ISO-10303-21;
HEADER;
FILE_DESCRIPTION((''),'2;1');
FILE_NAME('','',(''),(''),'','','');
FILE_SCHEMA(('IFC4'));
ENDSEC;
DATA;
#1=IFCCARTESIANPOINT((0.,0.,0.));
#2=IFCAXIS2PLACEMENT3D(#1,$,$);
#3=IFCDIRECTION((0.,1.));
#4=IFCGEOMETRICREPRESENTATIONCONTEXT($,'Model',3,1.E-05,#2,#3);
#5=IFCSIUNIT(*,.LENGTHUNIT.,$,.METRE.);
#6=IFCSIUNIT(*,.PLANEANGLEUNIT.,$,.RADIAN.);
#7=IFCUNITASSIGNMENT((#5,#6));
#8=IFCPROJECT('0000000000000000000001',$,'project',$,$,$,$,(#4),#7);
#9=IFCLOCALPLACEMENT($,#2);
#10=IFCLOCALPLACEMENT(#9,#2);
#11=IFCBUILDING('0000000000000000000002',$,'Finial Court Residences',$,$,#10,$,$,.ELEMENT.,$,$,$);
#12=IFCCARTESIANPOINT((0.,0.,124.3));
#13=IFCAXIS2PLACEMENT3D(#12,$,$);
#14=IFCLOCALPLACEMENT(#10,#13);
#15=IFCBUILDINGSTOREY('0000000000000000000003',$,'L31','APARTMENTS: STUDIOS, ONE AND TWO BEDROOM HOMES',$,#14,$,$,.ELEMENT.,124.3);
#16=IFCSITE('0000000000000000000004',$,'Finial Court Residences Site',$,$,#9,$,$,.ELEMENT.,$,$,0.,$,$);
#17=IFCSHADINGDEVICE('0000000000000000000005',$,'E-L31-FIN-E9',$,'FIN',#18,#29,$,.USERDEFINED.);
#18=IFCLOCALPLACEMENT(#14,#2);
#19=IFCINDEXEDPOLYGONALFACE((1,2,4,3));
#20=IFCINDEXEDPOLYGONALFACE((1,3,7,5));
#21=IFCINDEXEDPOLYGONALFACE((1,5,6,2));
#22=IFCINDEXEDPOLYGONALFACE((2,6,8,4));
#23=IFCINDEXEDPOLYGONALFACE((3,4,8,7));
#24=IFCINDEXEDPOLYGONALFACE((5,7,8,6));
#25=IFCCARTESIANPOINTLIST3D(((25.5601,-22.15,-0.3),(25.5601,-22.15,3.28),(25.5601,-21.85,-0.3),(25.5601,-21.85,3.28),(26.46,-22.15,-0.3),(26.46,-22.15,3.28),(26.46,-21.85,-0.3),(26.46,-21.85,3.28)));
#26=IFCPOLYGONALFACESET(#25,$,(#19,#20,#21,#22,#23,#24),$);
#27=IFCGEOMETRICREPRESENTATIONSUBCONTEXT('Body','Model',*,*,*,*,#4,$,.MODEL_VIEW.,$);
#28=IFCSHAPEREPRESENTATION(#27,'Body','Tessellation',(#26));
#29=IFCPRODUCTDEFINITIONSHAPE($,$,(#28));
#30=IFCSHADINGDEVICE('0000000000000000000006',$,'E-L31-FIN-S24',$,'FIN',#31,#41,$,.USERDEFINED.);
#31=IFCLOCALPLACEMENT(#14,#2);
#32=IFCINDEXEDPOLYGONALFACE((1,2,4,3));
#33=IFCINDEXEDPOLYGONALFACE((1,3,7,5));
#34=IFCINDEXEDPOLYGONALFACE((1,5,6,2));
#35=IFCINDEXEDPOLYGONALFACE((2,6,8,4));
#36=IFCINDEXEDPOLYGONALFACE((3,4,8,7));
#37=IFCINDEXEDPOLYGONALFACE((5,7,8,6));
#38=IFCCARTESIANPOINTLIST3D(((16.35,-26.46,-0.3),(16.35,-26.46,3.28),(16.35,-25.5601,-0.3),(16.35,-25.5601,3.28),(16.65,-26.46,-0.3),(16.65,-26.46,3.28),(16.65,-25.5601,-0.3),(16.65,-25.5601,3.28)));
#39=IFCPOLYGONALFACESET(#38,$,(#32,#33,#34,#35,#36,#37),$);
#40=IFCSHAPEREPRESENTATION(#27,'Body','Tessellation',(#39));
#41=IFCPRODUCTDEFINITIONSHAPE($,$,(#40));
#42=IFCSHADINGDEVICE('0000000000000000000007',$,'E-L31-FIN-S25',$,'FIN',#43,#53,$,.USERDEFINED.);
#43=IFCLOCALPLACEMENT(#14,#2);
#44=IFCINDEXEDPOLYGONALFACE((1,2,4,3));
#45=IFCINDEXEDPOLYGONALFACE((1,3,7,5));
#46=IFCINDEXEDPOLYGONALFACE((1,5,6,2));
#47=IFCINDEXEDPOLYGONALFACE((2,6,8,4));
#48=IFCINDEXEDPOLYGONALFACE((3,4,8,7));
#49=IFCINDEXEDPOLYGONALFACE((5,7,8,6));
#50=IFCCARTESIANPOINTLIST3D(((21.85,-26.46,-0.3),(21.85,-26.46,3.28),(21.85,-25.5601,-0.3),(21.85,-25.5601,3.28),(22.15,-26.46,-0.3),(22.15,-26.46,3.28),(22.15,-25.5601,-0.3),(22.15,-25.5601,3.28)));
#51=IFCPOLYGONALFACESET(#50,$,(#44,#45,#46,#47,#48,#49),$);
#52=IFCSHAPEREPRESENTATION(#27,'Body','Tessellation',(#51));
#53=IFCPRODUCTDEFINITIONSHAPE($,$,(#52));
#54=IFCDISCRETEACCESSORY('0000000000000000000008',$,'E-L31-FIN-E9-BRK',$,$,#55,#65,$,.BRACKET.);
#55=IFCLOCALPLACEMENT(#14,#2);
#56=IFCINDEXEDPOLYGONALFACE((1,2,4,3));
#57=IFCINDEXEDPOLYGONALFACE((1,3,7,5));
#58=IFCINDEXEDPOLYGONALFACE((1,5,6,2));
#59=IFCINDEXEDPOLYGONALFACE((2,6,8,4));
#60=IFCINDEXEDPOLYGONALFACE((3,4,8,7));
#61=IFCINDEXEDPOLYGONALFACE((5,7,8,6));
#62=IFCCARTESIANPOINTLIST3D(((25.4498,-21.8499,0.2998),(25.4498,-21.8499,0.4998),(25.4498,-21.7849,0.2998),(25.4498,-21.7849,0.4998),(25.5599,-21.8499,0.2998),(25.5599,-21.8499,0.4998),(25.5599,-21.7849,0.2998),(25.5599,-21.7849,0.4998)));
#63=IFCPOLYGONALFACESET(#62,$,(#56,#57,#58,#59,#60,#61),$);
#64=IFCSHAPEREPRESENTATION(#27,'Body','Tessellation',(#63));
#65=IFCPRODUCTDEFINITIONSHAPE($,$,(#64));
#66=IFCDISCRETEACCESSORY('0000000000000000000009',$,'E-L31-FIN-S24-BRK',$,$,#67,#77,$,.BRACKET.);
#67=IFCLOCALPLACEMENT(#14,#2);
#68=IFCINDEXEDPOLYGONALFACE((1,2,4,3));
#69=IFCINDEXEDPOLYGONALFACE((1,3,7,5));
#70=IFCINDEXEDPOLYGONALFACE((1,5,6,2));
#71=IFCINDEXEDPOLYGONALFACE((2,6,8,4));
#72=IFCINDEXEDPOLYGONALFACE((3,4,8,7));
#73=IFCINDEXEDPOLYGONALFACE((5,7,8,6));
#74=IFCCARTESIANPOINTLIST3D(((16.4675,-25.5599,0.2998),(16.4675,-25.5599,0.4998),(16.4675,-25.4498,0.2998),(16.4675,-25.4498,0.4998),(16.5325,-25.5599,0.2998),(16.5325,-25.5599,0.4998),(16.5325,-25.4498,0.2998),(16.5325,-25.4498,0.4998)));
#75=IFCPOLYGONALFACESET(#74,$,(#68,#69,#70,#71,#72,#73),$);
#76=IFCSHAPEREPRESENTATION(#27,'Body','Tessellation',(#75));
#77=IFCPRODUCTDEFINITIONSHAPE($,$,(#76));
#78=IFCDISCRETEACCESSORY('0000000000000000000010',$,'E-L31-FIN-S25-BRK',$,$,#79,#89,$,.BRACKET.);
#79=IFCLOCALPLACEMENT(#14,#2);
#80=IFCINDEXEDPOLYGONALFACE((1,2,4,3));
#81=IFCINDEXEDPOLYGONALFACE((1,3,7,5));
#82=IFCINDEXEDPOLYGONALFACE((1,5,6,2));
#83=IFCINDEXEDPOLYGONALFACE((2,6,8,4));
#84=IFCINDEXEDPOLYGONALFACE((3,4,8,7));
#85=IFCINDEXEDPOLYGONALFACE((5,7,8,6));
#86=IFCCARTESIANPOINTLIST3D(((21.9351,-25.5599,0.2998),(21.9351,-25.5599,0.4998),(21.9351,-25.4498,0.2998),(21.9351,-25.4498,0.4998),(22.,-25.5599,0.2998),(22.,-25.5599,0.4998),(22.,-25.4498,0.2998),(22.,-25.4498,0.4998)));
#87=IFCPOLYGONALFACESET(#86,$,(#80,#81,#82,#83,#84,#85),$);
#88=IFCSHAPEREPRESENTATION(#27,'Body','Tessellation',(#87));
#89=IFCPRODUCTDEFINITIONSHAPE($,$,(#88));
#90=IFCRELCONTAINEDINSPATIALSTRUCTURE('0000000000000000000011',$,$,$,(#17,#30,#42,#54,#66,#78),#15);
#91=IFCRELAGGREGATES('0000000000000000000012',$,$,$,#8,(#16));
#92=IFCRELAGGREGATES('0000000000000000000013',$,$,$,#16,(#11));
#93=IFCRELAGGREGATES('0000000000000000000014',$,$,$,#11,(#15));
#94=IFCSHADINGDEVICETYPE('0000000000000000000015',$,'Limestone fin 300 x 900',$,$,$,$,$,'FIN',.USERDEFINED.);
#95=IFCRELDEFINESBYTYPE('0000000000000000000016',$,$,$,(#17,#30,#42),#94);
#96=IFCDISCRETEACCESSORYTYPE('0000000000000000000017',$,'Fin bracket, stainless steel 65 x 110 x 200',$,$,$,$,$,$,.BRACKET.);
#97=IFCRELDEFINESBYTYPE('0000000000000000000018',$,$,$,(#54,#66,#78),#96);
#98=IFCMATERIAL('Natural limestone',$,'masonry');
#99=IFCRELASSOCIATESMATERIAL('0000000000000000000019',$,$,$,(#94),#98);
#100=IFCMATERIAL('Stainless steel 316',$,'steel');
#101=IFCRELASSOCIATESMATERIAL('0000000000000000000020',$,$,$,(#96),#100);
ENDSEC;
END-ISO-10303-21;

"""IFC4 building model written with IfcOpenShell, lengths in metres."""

from ifc_helpers import new_model, si_unit, direction, frame, origin, origin_2d, place, context, subcontext, project, spatial, rectangle, extrude, material, type_object, element, save


model = new_model("IFC4")

# Units and contexts
model_context = context("Model", 3, precision=1e-05, world=origin(), true_north=direction((0.0, 1.0)))
body_context = subcontext(model_context, "Body", "Model", "MODEL_VIEW")
ifc_project = project(units=[si_unit("LENGTHUNIT", "METRE"), si_unit("PLANEANGLEUNIT", "RADIAN")], contexts=[model_context])

# Site, building, storey
site_placement = place(None, origin())
site = spatial("IfcSite", under=ifc_project, at=site_placement, Name="Finial Court Residences Site", CompositionType="ELEMENT", RefElevation=0.0)
building_placement = place(site_placement, origin())
building = spatial("IfcBuilding", under=site, at=building_placement, Name="Finial Court Residences", CompositionType="ELEMENT")
storey_placement = place(building_placement, frame((0.0, 0.0, 124.3)))
storey = spatial("IfcBuildingStorey", under=building, at=storey_placement, Name="L31", Description="APARTMENTS: STUDIOS, ONE AND TWO BEDROOM HOMES", CompositionType="ELEMENT", Elevation=124.3)

# Shared definitions
ifc_material_1 = material(Name="Natural limestone", Category="masonry")

# Shading devices
shading_device_type = type_object("IfcShadingDeviceType", Name="Limestone fin 300 x 900", ElementType="FIN", PredefinedType="USERDEFINED", material=ifc_material_1)
shading_device_placement = place(storey_placement, frame((26.01, -22.0, -0.3), z_axis=(0.0, 0.0, 1.0), x_axis=(1.0, 0.0, 0.0)))
element("IfcShadingDevice", 1, at=shading_device_placement, inside=storey, type_object=shading_device_type, Name="E-L31-FIN-E9", ObjectType="FIN", PredefinedType="USERDEFINED", context=body_context, shape_type="SweptSolid", body=[
    extrude(rectangle(XDim=0.8999, YDim=0.3, at=origin_2d()), origin(), (0.0, 0.0, 1.0), 3.5801),
])
for number, where, z_axis, x_axis, name in (
    (2, (16.5, -26.01, -0.3), (0.0, 0.0, 1.0), (1.0, 0.0, 0.0), "E-L31-FIN-S24"),
    (3, (22.0, -26.01, -0.3), (0.0, 0.0, 1.0), (1.0, 0.0, 0.0), "E-L31-FIN-S25"),
):
    element("IfcShadingDevice", number, at=place(storey_placement, frame(where, z_axis=z_axis, x_axis=x_axis)), inside=storey, type_object=shading_device_type, Name=name, ObjectType="FIN", PredefinedType="USERDEFINED", context=body_context, shape_type="SweptSolid", body=[
        extrude(rectangle(XDim=0.3, YDim=0.8999, at=origin_2d()), origin(), (0.0, 0.0, 1.0), 3.5801),
    ])

# Discrete accessories
ifc_material_2 = material(Name="Stainless steel 316", Category="steel")
discrete_accessory_type = type_object("IfcDiscreteAccessoryType", Name="Fin bracket, stainless steel 65 x 110 x 200", PredefinedType="BRACKET", material=ifc_material_2)
discrete_accessory_placement = place(storey_placement, frame((25.5049, -21.8174, 0.2998), z_axis=(0.0, 0.0, 1.0), x_axis=(1.0, 0.0, 0.0)))
element("IfcDiscreteAccessory", 4, at=discrete_accessory_placement, inside=storey, type_object=discrete_accessory_type, Name="E-L31-FIN-E9-BRK", PredefinedType="BRACKET", context=body_context, shape_type="SweptSolid", body=[
    extrude(rectangle(XDim=0.1101, YDim=0.0649, at=origin_2d()), origin(), (0.0, 0.0, 1.0), 0.2),
])
for number, where, z_axis, x_axis, name in (
    (5, (16.5, -25.5049, 0.2998), (0.0, 0.0, 1.0), (1.0, 0.0, 0.0), "E-L31-FIN-S24-BRK"),
    (6, (21.9675, -25.5049, 0.2998), (0.0, 0.0, 1.0), (1.0, 0.0, 0.0), "E-L31-FIN-S25-BRK"),
):
    element("IfcDiscreteAccessory", number, at=place(storey_placement, frame(where, z_axis=z_axis, x_axis=x_axis)), inside=storey, type_object=discrete_accessory_type, Name=name, PredefinedType="BRACKET", context=body_context, shape_type="SweptSolid", body=[
        extrude(rectangle(XDim=0.0649, YDim=0.1101, at=origin_2d()), origin(), (0.0, 0.0, 1.0), 0.2),
    ])

save(model, "model.ifc")
